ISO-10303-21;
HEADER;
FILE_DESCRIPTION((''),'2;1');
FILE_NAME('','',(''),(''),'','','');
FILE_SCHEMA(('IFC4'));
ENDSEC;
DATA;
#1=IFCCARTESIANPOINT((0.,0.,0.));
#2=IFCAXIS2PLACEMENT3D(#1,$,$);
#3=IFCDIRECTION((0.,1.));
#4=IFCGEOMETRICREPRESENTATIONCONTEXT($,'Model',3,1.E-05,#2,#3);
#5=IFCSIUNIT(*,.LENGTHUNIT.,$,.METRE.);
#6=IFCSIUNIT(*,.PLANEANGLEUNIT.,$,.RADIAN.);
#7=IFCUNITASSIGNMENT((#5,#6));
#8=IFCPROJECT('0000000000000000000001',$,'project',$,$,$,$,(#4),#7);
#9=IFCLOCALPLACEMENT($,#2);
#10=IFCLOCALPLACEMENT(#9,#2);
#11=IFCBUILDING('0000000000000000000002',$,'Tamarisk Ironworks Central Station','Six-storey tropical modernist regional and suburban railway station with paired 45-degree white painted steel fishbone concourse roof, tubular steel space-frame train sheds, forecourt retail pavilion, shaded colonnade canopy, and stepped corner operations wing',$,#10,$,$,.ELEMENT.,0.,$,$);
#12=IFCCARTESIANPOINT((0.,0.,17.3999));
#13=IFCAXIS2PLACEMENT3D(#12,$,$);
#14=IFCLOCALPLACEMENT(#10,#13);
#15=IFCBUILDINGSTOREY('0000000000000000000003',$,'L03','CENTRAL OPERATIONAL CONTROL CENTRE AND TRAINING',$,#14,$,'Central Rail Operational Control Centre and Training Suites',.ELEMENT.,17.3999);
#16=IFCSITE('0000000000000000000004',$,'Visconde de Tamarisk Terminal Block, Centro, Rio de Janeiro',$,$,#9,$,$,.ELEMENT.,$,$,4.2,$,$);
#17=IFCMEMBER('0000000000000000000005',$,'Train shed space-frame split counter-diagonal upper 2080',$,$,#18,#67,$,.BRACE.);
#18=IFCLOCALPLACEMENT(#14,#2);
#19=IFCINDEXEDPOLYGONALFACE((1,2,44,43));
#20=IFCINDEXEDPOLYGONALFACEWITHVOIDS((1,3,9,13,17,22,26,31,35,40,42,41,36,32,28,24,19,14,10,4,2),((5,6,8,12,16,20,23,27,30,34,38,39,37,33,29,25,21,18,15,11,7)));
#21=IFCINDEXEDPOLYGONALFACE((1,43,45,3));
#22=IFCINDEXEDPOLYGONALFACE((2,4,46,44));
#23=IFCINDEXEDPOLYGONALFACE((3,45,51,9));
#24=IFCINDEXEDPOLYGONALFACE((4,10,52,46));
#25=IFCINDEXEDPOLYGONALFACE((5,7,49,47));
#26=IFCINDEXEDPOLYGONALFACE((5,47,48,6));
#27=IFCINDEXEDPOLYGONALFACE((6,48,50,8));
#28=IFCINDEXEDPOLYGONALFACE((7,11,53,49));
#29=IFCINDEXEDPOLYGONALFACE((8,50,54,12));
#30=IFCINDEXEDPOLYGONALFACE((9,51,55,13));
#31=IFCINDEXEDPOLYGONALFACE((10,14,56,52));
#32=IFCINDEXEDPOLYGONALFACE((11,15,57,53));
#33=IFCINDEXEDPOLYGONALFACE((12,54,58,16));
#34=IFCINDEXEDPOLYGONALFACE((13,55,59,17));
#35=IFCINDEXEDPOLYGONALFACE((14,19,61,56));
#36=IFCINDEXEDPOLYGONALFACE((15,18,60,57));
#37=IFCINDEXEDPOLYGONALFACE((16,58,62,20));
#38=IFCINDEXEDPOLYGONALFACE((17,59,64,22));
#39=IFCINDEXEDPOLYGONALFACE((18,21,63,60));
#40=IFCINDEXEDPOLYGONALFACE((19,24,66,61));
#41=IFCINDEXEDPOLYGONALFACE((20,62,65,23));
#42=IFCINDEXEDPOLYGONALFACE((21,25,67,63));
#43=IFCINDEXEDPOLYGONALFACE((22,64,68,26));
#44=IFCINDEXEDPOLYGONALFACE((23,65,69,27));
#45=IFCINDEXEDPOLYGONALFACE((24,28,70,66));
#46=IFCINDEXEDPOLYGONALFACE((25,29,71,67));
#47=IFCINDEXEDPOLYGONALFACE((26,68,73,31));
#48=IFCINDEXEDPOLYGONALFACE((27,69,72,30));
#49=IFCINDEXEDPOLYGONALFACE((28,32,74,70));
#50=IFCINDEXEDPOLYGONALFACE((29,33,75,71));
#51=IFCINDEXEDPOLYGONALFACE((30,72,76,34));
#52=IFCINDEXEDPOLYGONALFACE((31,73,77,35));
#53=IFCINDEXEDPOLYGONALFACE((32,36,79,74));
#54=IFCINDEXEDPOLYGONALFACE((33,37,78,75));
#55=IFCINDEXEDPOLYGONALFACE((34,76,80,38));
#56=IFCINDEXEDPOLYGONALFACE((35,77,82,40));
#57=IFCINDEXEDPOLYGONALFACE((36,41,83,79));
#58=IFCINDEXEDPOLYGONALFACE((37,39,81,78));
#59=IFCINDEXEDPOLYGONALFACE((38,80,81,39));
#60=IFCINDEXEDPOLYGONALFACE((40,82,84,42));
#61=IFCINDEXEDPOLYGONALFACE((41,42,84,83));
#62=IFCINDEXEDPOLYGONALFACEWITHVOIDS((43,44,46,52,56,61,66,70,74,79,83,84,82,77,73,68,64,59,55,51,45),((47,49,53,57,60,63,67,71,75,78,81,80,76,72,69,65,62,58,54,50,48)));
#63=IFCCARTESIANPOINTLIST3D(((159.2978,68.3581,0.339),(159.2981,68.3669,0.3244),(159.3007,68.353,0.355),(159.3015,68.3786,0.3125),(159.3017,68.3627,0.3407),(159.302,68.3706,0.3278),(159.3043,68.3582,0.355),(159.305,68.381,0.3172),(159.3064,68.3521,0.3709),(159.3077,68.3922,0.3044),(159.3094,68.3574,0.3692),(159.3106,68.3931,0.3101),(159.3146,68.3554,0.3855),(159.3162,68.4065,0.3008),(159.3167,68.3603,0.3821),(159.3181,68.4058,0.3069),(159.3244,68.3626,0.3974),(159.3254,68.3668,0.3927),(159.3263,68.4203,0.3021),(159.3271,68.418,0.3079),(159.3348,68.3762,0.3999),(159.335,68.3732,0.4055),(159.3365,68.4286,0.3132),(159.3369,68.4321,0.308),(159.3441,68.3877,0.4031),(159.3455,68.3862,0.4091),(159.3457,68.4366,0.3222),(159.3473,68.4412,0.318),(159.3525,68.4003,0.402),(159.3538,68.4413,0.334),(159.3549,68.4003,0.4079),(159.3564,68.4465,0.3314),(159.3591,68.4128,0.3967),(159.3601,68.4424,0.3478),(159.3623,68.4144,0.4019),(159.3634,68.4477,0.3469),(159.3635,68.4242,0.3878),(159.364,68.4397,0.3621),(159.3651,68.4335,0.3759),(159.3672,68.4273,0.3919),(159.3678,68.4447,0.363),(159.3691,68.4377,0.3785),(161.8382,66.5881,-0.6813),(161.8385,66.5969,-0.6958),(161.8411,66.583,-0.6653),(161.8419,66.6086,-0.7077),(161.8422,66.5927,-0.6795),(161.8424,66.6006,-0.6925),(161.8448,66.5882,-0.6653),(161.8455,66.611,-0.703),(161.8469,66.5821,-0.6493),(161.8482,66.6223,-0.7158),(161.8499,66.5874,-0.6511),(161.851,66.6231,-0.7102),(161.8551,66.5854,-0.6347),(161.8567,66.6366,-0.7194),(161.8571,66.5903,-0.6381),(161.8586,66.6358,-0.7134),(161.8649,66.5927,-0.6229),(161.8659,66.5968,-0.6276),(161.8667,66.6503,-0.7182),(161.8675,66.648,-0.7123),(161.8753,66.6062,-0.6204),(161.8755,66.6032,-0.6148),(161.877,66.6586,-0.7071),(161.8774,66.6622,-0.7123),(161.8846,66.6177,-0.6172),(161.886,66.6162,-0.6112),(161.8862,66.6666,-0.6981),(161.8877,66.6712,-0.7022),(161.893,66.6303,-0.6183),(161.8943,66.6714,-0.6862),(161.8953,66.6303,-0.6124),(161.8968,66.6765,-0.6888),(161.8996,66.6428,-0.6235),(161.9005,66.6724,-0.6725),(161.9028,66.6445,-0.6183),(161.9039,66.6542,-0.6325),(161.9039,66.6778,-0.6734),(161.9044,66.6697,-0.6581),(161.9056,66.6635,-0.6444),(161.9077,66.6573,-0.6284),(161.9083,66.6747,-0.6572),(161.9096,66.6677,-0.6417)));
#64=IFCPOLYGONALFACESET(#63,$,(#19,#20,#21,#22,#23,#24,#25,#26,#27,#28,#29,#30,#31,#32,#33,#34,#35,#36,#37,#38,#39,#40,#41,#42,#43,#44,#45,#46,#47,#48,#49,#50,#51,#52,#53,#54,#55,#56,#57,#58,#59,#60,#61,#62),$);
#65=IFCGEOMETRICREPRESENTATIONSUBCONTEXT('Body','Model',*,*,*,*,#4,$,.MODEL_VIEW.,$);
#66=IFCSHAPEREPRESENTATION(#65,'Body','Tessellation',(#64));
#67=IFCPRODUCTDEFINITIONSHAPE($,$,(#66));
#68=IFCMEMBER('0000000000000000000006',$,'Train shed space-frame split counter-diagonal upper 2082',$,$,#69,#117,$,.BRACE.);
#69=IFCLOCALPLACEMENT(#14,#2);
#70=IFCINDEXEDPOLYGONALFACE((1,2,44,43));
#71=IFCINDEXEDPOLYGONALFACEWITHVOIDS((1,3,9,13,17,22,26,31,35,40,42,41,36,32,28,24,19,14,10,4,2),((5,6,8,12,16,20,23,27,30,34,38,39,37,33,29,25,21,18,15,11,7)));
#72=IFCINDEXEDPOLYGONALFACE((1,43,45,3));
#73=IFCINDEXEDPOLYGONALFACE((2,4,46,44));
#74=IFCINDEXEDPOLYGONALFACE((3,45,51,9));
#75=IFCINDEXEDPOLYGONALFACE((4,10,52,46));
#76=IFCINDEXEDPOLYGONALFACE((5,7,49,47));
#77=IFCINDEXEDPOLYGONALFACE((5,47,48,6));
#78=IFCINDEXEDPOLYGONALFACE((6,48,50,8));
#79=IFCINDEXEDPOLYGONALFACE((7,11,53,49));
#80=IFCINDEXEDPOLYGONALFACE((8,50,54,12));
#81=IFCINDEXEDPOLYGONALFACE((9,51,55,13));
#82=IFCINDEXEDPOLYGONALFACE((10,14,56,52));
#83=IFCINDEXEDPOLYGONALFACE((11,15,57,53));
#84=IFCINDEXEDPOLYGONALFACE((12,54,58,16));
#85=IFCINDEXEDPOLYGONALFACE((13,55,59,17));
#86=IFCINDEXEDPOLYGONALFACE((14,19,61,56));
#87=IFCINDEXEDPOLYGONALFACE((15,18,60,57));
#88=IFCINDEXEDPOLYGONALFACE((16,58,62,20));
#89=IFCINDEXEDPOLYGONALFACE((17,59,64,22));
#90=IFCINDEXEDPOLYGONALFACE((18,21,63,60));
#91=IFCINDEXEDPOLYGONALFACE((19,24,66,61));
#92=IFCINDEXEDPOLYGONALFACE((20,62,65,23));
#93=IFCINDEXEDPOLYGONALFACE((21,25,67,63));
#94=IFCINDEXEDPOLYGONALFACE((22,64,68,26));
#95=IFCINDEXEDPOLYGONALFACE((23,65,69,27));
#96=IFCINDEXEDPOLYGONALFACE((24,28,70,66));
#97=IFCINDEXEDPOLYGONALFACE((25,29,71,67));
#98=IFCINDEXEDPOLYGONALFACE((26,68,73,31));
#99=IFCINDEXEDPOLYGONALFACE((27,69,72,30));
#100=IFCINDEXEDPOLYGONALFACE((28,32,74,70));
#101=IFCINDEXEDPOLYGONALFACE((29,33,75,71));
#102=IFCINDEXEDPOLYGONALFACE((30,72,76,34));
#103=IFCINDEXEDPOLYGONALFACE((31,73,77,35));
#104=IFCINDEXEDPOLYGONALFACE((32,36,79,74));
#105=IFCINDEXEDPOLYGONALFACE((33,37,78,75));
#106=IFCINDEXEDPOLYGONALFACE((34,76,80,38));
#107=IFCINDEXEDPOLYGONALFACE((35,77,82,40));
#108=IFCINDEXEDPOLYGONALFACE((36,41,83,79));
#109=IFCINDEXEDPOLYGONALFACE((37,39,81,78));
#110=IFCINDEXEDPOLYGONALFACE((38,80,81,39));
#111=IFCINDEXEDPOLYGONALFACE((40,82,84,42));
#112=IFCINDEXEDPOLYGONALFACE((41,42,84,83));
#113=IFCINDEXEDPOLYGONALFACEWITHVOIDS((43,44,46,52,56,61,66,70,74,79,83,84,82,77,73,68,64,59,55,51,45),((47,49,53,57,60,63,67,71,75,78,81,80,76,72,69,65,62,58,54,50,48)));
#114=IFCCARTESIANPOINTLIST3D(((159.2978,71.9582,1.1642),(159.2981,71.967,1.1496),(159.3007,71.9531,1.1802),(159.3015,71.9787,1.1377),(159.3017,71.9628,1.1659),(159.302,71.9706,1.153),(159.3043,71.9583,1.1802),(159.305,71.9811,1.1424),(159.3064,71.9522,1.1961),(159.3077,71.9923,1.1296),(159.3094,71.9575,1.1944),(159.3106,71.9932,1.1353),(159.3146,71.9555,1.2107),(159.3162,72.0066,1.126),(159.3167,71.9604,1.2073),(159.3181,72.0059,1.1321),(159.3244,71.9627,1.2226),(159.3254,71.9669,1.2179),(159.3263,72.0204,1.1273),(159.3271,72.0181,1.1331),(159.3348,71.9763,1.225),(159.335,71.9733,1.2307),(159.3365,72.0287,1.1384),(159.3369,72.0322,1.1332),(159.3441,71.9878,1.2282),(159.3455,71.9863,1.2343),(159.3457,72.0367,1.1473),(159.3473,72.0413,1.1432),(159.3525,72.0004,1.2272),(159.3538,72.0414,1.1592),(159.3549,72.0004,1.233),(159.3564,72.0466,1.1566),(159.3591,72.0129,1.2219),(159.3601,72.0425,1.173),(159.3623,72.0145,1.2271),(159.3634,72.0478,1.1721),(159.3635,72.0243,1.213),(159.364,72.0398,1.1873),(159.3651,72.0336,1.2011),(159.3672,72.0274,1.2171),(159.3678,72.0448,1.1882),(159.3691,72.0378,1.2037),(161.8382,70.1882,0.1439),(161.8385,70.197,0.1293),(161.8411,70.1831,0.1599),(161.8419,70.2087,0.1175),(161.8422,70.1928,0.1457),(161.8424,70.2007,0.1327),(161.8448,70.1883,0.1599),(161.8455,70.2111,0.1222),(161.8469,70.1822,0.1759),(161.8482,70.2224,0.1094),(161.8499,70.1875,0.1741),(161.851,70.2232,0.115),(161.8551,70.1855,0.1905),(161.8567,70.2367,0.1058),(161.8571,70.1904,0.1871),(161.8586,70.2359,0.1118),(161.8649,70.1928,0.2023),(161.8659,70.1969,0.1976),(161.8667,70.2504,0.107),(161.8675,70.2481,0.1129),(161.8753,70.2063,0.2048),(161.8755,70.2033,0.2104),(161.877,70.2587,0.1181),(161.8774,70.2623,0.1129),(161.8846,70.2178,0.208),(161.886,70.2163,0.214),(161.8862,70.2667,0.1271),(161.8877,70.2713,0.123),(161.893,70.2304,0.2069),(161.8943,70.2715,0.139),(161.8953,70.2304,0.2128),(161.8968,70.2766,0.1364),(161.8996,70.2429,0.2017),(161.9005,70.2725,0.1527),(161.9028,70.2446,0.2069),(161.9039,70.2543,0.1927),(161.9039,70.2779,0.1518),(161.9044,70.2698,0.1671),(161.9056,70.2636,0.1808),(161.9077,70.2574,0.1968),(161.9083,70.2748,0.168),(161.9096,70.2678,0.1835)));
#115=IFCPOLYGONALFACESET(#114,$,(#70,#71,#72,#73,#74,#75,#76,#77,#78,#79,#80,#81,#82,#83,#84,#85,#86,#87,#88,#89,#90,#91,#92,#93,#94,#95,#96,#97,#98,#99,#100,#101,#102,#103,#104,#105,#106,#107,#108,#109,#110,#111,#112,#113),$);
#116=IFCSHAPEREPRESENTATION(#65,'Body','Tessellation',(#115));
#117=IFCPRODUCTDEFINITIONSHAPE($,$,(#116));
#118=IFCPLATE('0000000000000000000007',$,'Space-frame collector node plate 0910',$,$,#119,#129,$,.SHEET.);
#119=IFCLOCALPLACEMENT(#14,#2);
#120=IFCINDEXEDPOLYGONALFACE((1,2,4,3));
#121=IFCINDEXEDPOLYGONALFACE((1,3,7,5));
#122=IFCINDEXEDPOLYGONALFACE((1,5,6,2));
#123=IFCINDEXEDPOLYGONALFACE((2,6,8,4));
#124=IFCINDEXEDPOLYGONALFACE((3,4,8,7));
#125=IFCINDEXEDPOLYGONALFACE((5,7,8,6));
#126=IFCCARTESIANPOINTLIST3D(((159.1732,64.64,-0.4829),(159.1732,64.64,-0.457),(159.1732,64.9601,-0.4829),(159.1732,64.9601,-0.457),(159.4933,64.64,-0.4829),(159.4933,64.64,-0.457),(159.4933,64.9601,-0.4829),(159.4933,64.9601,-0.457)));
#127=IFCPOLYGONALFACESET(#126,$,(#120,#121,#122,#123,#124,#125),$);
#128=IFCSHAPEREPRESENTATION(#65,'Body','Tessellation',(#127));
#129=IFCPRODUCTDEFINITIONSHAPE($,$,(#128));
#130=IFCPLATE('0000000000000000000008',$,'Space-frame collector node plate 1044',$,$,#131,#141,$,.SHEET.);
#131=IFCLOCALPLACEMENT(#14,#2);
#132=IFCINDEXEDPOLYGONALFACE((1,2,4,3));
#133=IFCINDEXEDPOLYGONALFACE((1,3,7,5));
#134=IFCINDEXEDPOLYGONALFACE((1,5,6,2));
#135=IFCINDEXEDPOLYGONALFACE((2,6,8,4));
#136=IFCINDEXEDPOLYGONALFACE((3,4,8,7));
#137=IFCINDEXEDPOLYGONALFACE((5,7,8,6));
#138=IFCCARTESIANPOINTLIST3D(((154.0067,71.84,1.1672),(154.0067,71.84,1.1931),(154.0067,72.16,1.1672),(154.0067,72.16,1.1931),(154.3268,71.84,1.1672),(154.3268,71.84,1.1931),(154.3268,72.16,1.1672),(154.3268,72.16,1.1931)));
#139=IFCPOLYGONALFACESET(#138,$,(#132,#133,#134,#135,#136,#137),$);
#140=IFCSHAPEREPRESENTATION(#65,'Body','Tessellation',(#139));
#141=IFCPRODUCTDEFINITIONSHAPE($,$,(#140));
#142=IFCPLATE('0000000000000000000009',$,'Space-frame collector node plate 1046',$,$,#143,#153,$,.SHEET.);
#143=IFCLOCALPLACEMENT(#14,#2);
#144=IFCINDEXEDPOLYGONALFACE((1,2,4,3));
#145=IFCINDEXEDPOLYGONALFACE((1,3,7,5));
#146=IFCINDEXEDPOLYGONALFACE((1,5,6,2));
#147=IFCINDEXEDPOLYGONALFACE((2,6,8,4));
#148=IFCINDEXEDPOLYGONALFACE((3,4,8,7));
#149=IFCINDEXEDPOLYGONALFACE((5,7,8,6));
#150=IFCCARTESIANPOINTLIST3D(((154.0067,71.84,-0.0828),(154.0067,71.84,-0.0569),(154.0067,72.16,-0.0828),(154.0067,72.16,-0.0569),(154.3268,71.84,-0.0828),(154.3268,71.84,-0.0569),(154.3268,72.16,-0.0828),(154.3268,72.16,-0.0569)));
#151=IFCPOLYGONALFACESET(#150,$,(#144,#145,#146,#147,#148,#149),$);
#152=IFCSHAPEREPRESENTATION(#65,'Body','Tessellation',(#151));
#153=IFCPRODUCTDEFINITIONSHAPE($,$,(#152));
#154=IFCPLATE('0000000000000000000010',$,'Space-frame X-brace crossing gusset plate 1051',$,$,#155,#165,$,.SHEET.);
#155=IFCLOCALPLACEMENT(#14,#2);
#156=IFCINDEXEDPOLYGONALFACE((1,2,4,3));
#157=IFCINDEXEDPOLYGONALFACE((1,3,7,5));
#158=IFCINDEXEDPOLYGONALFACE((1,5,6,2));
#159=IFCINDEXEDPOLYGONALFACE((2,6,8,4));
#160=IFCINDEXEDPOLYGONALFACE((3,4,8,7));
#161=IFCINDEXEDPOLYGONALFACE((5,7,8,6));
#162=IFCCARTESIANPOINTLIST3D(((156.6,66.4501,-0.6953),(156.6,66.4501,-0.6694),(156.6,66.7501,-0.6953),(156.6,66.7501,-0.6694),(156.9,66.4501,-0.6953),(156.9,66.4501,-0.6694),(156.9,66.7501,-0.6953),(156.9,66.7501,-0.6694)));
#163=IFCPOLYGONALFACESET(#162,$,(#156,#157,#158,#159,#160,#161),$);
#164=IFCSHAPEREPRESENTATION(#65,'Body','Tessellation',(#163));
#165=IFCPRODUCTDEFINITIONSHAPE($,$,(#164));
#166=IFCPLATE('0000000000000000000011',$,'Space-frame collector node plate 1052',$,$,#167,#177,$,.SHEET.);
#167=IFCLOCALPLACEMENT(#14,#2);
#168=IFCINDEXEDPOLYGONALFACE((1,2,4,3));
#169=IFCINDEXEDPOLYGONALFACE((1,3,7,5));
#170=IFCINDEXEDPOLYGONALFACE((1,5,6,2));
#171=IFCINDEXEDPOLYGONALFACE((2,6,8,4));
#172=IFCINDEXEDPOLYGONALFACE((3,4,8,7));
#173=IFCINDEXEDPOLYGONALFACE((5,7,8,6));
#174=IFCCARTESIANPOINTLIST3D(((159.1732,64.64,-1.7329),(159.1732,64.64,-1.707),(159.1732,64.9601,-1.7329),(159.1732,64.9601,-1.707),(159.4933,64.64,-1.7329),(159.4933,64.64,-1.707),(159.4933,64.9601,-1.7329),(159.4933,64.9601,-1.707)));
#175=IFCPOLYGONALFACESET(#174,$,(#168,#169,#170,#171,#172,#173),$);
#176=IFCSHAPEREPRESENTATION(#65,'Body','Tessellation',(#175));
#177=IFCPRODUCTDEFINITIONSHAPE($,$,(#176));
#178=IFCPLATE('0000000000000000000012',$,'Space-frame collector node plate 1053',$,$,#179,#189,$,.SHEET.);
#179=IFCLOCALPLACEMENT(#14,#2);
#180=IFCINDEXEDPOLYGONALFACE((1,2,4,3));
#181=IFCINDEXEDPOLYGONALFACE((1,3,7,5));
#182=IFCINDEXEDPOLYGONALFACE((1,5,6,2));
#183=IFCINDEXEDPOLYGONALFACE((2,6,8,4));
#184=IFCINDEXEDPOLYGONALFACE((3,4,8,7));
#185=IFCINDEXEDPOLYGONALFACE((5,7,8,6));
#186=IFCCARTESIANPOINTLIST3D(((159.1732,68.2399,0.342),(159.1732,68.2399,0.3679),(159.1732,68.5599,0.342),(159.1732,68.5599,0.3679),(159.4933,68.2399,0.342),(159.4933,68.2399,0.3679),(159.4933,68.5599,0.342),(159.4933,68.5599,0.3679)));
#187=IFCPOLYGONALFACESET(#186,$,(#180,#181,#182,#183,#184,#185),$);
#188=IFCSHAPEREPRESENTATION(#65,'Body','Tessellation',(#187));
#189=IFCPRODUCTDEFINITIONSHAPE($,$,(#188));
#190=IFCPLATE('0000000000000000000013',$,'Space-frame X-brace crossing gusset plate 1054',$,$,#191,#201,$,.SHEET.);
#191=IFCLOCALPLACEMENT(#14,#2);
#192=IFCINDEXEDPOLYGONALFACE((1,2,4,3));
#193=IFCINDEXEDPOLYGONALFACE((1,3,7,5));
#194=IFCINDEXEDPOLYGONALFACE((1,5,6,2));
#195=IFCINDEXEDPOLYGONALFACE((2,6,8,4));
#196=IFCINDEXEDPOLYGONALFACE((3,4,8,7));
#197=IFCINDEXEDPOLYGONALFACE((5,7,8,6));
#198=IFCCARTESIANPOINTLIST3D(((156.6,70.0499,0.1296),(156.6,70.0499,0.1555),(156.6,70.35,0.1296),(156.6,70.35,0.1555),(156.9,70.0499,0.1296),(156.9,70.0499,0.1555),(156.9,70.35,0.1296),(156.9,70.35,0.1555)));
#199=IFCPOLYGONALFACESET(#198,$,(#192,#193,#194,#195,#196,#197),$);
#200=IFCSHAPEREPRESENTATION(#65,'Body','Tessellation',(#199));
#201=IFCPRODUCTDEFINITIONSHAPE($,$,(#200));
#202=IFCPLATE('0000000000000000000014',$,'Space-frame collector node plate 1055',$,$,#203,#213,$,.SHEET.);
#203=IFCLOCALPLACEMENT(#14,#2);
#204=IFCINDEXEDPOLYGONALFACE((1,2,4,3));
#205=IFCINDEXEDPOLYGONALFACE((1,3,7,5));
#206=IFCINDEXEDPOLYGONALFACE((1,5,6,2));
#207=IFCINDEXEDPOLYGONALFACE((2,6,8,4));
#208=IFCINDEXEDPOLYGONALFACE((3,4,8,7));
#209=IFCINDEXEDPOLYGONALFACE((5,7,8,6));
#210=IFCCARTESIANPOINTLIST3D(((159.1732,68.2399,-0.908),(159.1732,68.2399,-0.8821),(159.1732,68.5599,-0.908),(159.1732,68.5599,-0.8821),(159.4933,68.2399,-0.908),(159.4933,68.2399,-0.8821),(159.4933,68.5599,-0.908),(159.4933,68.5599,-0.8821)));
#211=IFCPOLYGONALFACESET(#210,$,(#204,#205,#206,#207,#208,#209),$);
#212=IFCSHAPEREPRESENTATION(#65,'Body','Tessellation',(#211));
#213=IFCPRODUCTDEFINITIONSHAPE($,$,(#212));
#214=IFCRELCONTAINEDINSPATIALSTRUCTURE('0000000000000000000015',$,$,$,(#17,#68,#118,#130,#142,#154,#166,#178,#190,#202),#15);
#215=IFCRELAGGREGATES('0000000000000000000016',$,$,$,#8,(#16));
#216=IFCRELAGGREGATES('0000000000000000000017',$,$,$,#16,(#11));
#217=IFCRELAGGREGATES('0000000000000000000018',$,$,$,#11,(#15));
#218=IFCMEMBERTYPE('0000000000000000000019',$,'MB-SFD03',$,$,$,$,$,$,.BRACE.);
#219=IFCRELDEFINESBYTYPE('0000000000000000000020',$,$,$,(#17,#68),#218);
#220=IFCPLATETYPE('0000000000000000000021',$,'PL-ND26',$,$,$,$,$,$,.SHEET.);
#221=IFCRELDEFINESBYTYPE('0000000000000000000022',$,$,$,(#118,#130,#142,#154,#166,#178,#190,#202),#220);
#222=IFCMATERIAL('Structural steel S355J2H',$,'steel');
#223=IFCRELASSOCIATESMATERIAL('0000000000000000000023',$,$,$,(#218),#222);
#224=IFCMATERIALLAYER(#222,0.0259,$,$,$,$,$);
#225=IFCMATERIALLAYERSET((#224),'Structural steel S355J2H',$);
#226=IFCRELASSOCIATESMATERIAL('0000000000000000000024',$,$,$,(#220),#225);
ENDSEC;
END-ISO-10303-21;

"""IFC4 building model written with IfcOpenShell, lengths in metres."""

from ifc_helpers import new_model, si_unit, direction, frame, origin, origin_2d, place, context, subcontext, project, spatial, rectangle, hollow_circle, extrude, material, layer, layer_set, material_profile, profile_set, type_object, element, save


model = new_model("IFC4")

# Units and contexts
model_context = context("Model", 3, precision=1e-05, world=origin(), true_north=direction((0.0, 1.0)))
body_context = subcontext(model_context, "Body", "Model", "MODEL_VIEW")
ifc_project = project(units=[si_unit("LENGTHUNIT", "METRE"), si_unit("PLANEANGLEUNIT", "RADIAN")], contexts=[model_context])

# Site, building, storey
site_placement = place(None, origin())
site = spatial("IfcSite", under=ifc_project, at=site_placement, Name="Visconde de Tamarisk Terminal Block, Centro, Rio de Janeiro", CompositionType="ELEMENT", RefElevation=4.2)
building_placement = place(site_placement, origin())
building = spatial("IfcBuilding", under=site, at=building_placement, Name="Tamarisk Ironworks Central Station", Description="Six-storey tropical modernist regional and suburban railway station with paired 45-degree white painted steel fishbone concourse roof, tubular steel space-frame train sheds, forecourt retail pavilion, shaded colonnade canopy, and stepped corner operations wing", CompositionType="ELEMENT", ElevationOfRefHeight=0.0)
storey_placement = place(building_placement, frame((0.0, 0.0, 17.3999)))
storey = spatial("IfcBuildingStorey", under=building, at=storey_placement, Name="L03", Description="CENTRAL OPERATIONAL CONTROL CENTRE AND TRAINING", LongName="Central Rail Operational Control Centre and Training Suites", CompositionType="ELEMENT", Elevation=17.3999)

# Members
ifc_material = material(Name="Structural steel S355J2H", Category="steel")
ifc_material_profile_1 = material_profile(ifc_material, hollow_circle(Radius=0.0571, WallThickness=0.0063, at=origin_2d()), Name="CHS 114.3x6.3")
ifc_profile_set_1 = profile_set([ifc_material_profile_1], Name="Structural steel S355J2H")
member_type_1 = type_object("IfcMemberType", Name="MB-SFD03", PredefinedType="BRACE", material=ifc_profile_set_1)
for number, where, z_axis, x_axis, name in (
    (1, (161.8738, 66.6299, -0.6653), (-0.779281, 0.542936, 0.312956), (-0.571651, -0.820497, 0.0), "Train shed space-frame split counter-diagonal upper 2080"),
    (2, (161.8738, 70.23, 0.1599), (-0.779281, 0.542936, 0.312956), (-0.571651, -0.820497, 0.0), "Train shed space-frame split counter-diagonal upper 2082"),
):
    element("IfcMember", number, at=place(storey_placement, frame(where, z_axis=z_axis, x_axis=x_axis)), inside=storey, type_object=member_type_1, Name=name, PredefinedType="BRACE", context=body_context, shape_type="SweptSolid", body=[
        extrude(hollow_circle(Radius=0.0571, WallThickness=0.0063, at=origin_2d()), origin(), (0.0, 0.0, 1.0), 3.26),
    ])

# Plates
ifc_layer = layer(ifc_material, 0.0259)
ifc_layer_set = layer_set([ifc_layer], Name="Structural steel S355J2H")
plate_type = type_object("IfcPlateType", Name="PL-ND26", PredefinedType="SHEET", material=ifc_layer_set)
for number, where, z_axis, x_axis, name in (
    (3, (159.3333, 64.8, -0.4829), (0.0, 0.0, 1.0), (1.0, 0.0, 0.0), "Space-frame collector node plate 0910"),
    (4, (154.1667, 72.0, 1.1672), (0.0, 0.0, 1.0), (1.0, 0.0, 0.0), "Space-frame collector node plate 1044"),
    (5, (154.1667, 72.0, -0.0828), (0.0, 0.0, 1.0), (1.0, 0.0, 0.0), "Space-frame collector node plate 1046"),
):
    element("IfcPlate", number, at=place(storey_placement, frame(where, z_axis=z_axis, x_axis=x_axis)), inside=storey, type_object=plate_type, Name=name, PredefinedType="SHEET", context=body_context, shape_type="SweptSolid", body=[
        extrude(rectangle(XDim=0.3201, YDim=0.3201, at=origin_2d()), origin(), (0.0, 0.0, 1.0), 0.0259),
    ])
plate_1_placement = place(storey_placement, frame((156.75, 66.6001, -0.6953), z_axis=(0.0, 0.0, 1.0), x_axis=(1.0, 0.0, 0.0)))
element("IfcPlate", 6, at=plate_1_placement, inside=storey, type_object=plate_type, Name="Space-frame X-brace crossing gusset plate 1051", PredefinedType="SHEET", context=body_context, shape_type="SweptSolid", body=[
    extrude(rectangle(XDim=0.3, YDim=0.3, at=origin_2d()), origin(), (0.0, 0.0, 1.0), 0.0259),
])
for number, where, z_axis, x_axis, name in (
    (7, (159.3333, 64.8, -1.7329), (0.0, 0.0, 1.0), (1.0, 0.0, 0.0), "Space-frame collector node plate 1052"),
    (8, (159.3333, 68.3999, 0.342), (0.0, 0.0, 1.0), (1.0, 0.0, 0.0), "Space-frame collector node plate 1053"),
):
    element("IfcPlate", number, at=place(storey_placement, frame(where, z_axis=z_axis, x_axis=x_axis)), inside=storey, type_object=plate_type, Name=name, PredefinedType="SHEET", context=body_context, shape_type="SweptSolid", body=[
        extrude(rectangle(XDim=0.3201, YDim=0.3201, at=origin_2d()), origin(), (0.0, 0.0, 1.0), 0.0259),
    ])
plate_2_placement = place(storey_placement, frame((156.75, 70.2, 0.1296), z_axis=(0.0, 0.0, 1.0), x_axis=(1.0, 0.0, 0.0)))
element("IfcPlate", 9, at=plate_2_placement, inside=storey, type_object=plate_type, Name="Space-frame X-brace crossing gusset plate 1054", PredefinedType="SHEET", context=body_context, shape_type="SweptSolid", body=[
    extrude(rectangle(XDim=0.3, YDim=0.3, at=origin_2d()), origin(), (0.0, 0.0, 1.0), 0.0259),
])
for number, where, z_axis, x_axis, name in (
    (10, (159.3333, 68.3999, -0.908), (0.0, 0.0, 1.0), (1.0, 0.0, 0.0), "Space-frame collector node plate 1055"),
):
    element("IfcPlate", number, at=place(storey_placement, frame(where, z_axis=z_axis, x_axis=x_axis)), inside=storey, type_object=plate_type, Name=name, PredefinedType="SHEET", context=body_context, shape_type="SweptSolid", body=[
        extrude(rectangle(XDim=0.3201, YDim=0.3201, at=origin_2d()), origin(), (0.0, 0.0, 1.0), 0.0259),
    ])

save(model, "model.ifc")
